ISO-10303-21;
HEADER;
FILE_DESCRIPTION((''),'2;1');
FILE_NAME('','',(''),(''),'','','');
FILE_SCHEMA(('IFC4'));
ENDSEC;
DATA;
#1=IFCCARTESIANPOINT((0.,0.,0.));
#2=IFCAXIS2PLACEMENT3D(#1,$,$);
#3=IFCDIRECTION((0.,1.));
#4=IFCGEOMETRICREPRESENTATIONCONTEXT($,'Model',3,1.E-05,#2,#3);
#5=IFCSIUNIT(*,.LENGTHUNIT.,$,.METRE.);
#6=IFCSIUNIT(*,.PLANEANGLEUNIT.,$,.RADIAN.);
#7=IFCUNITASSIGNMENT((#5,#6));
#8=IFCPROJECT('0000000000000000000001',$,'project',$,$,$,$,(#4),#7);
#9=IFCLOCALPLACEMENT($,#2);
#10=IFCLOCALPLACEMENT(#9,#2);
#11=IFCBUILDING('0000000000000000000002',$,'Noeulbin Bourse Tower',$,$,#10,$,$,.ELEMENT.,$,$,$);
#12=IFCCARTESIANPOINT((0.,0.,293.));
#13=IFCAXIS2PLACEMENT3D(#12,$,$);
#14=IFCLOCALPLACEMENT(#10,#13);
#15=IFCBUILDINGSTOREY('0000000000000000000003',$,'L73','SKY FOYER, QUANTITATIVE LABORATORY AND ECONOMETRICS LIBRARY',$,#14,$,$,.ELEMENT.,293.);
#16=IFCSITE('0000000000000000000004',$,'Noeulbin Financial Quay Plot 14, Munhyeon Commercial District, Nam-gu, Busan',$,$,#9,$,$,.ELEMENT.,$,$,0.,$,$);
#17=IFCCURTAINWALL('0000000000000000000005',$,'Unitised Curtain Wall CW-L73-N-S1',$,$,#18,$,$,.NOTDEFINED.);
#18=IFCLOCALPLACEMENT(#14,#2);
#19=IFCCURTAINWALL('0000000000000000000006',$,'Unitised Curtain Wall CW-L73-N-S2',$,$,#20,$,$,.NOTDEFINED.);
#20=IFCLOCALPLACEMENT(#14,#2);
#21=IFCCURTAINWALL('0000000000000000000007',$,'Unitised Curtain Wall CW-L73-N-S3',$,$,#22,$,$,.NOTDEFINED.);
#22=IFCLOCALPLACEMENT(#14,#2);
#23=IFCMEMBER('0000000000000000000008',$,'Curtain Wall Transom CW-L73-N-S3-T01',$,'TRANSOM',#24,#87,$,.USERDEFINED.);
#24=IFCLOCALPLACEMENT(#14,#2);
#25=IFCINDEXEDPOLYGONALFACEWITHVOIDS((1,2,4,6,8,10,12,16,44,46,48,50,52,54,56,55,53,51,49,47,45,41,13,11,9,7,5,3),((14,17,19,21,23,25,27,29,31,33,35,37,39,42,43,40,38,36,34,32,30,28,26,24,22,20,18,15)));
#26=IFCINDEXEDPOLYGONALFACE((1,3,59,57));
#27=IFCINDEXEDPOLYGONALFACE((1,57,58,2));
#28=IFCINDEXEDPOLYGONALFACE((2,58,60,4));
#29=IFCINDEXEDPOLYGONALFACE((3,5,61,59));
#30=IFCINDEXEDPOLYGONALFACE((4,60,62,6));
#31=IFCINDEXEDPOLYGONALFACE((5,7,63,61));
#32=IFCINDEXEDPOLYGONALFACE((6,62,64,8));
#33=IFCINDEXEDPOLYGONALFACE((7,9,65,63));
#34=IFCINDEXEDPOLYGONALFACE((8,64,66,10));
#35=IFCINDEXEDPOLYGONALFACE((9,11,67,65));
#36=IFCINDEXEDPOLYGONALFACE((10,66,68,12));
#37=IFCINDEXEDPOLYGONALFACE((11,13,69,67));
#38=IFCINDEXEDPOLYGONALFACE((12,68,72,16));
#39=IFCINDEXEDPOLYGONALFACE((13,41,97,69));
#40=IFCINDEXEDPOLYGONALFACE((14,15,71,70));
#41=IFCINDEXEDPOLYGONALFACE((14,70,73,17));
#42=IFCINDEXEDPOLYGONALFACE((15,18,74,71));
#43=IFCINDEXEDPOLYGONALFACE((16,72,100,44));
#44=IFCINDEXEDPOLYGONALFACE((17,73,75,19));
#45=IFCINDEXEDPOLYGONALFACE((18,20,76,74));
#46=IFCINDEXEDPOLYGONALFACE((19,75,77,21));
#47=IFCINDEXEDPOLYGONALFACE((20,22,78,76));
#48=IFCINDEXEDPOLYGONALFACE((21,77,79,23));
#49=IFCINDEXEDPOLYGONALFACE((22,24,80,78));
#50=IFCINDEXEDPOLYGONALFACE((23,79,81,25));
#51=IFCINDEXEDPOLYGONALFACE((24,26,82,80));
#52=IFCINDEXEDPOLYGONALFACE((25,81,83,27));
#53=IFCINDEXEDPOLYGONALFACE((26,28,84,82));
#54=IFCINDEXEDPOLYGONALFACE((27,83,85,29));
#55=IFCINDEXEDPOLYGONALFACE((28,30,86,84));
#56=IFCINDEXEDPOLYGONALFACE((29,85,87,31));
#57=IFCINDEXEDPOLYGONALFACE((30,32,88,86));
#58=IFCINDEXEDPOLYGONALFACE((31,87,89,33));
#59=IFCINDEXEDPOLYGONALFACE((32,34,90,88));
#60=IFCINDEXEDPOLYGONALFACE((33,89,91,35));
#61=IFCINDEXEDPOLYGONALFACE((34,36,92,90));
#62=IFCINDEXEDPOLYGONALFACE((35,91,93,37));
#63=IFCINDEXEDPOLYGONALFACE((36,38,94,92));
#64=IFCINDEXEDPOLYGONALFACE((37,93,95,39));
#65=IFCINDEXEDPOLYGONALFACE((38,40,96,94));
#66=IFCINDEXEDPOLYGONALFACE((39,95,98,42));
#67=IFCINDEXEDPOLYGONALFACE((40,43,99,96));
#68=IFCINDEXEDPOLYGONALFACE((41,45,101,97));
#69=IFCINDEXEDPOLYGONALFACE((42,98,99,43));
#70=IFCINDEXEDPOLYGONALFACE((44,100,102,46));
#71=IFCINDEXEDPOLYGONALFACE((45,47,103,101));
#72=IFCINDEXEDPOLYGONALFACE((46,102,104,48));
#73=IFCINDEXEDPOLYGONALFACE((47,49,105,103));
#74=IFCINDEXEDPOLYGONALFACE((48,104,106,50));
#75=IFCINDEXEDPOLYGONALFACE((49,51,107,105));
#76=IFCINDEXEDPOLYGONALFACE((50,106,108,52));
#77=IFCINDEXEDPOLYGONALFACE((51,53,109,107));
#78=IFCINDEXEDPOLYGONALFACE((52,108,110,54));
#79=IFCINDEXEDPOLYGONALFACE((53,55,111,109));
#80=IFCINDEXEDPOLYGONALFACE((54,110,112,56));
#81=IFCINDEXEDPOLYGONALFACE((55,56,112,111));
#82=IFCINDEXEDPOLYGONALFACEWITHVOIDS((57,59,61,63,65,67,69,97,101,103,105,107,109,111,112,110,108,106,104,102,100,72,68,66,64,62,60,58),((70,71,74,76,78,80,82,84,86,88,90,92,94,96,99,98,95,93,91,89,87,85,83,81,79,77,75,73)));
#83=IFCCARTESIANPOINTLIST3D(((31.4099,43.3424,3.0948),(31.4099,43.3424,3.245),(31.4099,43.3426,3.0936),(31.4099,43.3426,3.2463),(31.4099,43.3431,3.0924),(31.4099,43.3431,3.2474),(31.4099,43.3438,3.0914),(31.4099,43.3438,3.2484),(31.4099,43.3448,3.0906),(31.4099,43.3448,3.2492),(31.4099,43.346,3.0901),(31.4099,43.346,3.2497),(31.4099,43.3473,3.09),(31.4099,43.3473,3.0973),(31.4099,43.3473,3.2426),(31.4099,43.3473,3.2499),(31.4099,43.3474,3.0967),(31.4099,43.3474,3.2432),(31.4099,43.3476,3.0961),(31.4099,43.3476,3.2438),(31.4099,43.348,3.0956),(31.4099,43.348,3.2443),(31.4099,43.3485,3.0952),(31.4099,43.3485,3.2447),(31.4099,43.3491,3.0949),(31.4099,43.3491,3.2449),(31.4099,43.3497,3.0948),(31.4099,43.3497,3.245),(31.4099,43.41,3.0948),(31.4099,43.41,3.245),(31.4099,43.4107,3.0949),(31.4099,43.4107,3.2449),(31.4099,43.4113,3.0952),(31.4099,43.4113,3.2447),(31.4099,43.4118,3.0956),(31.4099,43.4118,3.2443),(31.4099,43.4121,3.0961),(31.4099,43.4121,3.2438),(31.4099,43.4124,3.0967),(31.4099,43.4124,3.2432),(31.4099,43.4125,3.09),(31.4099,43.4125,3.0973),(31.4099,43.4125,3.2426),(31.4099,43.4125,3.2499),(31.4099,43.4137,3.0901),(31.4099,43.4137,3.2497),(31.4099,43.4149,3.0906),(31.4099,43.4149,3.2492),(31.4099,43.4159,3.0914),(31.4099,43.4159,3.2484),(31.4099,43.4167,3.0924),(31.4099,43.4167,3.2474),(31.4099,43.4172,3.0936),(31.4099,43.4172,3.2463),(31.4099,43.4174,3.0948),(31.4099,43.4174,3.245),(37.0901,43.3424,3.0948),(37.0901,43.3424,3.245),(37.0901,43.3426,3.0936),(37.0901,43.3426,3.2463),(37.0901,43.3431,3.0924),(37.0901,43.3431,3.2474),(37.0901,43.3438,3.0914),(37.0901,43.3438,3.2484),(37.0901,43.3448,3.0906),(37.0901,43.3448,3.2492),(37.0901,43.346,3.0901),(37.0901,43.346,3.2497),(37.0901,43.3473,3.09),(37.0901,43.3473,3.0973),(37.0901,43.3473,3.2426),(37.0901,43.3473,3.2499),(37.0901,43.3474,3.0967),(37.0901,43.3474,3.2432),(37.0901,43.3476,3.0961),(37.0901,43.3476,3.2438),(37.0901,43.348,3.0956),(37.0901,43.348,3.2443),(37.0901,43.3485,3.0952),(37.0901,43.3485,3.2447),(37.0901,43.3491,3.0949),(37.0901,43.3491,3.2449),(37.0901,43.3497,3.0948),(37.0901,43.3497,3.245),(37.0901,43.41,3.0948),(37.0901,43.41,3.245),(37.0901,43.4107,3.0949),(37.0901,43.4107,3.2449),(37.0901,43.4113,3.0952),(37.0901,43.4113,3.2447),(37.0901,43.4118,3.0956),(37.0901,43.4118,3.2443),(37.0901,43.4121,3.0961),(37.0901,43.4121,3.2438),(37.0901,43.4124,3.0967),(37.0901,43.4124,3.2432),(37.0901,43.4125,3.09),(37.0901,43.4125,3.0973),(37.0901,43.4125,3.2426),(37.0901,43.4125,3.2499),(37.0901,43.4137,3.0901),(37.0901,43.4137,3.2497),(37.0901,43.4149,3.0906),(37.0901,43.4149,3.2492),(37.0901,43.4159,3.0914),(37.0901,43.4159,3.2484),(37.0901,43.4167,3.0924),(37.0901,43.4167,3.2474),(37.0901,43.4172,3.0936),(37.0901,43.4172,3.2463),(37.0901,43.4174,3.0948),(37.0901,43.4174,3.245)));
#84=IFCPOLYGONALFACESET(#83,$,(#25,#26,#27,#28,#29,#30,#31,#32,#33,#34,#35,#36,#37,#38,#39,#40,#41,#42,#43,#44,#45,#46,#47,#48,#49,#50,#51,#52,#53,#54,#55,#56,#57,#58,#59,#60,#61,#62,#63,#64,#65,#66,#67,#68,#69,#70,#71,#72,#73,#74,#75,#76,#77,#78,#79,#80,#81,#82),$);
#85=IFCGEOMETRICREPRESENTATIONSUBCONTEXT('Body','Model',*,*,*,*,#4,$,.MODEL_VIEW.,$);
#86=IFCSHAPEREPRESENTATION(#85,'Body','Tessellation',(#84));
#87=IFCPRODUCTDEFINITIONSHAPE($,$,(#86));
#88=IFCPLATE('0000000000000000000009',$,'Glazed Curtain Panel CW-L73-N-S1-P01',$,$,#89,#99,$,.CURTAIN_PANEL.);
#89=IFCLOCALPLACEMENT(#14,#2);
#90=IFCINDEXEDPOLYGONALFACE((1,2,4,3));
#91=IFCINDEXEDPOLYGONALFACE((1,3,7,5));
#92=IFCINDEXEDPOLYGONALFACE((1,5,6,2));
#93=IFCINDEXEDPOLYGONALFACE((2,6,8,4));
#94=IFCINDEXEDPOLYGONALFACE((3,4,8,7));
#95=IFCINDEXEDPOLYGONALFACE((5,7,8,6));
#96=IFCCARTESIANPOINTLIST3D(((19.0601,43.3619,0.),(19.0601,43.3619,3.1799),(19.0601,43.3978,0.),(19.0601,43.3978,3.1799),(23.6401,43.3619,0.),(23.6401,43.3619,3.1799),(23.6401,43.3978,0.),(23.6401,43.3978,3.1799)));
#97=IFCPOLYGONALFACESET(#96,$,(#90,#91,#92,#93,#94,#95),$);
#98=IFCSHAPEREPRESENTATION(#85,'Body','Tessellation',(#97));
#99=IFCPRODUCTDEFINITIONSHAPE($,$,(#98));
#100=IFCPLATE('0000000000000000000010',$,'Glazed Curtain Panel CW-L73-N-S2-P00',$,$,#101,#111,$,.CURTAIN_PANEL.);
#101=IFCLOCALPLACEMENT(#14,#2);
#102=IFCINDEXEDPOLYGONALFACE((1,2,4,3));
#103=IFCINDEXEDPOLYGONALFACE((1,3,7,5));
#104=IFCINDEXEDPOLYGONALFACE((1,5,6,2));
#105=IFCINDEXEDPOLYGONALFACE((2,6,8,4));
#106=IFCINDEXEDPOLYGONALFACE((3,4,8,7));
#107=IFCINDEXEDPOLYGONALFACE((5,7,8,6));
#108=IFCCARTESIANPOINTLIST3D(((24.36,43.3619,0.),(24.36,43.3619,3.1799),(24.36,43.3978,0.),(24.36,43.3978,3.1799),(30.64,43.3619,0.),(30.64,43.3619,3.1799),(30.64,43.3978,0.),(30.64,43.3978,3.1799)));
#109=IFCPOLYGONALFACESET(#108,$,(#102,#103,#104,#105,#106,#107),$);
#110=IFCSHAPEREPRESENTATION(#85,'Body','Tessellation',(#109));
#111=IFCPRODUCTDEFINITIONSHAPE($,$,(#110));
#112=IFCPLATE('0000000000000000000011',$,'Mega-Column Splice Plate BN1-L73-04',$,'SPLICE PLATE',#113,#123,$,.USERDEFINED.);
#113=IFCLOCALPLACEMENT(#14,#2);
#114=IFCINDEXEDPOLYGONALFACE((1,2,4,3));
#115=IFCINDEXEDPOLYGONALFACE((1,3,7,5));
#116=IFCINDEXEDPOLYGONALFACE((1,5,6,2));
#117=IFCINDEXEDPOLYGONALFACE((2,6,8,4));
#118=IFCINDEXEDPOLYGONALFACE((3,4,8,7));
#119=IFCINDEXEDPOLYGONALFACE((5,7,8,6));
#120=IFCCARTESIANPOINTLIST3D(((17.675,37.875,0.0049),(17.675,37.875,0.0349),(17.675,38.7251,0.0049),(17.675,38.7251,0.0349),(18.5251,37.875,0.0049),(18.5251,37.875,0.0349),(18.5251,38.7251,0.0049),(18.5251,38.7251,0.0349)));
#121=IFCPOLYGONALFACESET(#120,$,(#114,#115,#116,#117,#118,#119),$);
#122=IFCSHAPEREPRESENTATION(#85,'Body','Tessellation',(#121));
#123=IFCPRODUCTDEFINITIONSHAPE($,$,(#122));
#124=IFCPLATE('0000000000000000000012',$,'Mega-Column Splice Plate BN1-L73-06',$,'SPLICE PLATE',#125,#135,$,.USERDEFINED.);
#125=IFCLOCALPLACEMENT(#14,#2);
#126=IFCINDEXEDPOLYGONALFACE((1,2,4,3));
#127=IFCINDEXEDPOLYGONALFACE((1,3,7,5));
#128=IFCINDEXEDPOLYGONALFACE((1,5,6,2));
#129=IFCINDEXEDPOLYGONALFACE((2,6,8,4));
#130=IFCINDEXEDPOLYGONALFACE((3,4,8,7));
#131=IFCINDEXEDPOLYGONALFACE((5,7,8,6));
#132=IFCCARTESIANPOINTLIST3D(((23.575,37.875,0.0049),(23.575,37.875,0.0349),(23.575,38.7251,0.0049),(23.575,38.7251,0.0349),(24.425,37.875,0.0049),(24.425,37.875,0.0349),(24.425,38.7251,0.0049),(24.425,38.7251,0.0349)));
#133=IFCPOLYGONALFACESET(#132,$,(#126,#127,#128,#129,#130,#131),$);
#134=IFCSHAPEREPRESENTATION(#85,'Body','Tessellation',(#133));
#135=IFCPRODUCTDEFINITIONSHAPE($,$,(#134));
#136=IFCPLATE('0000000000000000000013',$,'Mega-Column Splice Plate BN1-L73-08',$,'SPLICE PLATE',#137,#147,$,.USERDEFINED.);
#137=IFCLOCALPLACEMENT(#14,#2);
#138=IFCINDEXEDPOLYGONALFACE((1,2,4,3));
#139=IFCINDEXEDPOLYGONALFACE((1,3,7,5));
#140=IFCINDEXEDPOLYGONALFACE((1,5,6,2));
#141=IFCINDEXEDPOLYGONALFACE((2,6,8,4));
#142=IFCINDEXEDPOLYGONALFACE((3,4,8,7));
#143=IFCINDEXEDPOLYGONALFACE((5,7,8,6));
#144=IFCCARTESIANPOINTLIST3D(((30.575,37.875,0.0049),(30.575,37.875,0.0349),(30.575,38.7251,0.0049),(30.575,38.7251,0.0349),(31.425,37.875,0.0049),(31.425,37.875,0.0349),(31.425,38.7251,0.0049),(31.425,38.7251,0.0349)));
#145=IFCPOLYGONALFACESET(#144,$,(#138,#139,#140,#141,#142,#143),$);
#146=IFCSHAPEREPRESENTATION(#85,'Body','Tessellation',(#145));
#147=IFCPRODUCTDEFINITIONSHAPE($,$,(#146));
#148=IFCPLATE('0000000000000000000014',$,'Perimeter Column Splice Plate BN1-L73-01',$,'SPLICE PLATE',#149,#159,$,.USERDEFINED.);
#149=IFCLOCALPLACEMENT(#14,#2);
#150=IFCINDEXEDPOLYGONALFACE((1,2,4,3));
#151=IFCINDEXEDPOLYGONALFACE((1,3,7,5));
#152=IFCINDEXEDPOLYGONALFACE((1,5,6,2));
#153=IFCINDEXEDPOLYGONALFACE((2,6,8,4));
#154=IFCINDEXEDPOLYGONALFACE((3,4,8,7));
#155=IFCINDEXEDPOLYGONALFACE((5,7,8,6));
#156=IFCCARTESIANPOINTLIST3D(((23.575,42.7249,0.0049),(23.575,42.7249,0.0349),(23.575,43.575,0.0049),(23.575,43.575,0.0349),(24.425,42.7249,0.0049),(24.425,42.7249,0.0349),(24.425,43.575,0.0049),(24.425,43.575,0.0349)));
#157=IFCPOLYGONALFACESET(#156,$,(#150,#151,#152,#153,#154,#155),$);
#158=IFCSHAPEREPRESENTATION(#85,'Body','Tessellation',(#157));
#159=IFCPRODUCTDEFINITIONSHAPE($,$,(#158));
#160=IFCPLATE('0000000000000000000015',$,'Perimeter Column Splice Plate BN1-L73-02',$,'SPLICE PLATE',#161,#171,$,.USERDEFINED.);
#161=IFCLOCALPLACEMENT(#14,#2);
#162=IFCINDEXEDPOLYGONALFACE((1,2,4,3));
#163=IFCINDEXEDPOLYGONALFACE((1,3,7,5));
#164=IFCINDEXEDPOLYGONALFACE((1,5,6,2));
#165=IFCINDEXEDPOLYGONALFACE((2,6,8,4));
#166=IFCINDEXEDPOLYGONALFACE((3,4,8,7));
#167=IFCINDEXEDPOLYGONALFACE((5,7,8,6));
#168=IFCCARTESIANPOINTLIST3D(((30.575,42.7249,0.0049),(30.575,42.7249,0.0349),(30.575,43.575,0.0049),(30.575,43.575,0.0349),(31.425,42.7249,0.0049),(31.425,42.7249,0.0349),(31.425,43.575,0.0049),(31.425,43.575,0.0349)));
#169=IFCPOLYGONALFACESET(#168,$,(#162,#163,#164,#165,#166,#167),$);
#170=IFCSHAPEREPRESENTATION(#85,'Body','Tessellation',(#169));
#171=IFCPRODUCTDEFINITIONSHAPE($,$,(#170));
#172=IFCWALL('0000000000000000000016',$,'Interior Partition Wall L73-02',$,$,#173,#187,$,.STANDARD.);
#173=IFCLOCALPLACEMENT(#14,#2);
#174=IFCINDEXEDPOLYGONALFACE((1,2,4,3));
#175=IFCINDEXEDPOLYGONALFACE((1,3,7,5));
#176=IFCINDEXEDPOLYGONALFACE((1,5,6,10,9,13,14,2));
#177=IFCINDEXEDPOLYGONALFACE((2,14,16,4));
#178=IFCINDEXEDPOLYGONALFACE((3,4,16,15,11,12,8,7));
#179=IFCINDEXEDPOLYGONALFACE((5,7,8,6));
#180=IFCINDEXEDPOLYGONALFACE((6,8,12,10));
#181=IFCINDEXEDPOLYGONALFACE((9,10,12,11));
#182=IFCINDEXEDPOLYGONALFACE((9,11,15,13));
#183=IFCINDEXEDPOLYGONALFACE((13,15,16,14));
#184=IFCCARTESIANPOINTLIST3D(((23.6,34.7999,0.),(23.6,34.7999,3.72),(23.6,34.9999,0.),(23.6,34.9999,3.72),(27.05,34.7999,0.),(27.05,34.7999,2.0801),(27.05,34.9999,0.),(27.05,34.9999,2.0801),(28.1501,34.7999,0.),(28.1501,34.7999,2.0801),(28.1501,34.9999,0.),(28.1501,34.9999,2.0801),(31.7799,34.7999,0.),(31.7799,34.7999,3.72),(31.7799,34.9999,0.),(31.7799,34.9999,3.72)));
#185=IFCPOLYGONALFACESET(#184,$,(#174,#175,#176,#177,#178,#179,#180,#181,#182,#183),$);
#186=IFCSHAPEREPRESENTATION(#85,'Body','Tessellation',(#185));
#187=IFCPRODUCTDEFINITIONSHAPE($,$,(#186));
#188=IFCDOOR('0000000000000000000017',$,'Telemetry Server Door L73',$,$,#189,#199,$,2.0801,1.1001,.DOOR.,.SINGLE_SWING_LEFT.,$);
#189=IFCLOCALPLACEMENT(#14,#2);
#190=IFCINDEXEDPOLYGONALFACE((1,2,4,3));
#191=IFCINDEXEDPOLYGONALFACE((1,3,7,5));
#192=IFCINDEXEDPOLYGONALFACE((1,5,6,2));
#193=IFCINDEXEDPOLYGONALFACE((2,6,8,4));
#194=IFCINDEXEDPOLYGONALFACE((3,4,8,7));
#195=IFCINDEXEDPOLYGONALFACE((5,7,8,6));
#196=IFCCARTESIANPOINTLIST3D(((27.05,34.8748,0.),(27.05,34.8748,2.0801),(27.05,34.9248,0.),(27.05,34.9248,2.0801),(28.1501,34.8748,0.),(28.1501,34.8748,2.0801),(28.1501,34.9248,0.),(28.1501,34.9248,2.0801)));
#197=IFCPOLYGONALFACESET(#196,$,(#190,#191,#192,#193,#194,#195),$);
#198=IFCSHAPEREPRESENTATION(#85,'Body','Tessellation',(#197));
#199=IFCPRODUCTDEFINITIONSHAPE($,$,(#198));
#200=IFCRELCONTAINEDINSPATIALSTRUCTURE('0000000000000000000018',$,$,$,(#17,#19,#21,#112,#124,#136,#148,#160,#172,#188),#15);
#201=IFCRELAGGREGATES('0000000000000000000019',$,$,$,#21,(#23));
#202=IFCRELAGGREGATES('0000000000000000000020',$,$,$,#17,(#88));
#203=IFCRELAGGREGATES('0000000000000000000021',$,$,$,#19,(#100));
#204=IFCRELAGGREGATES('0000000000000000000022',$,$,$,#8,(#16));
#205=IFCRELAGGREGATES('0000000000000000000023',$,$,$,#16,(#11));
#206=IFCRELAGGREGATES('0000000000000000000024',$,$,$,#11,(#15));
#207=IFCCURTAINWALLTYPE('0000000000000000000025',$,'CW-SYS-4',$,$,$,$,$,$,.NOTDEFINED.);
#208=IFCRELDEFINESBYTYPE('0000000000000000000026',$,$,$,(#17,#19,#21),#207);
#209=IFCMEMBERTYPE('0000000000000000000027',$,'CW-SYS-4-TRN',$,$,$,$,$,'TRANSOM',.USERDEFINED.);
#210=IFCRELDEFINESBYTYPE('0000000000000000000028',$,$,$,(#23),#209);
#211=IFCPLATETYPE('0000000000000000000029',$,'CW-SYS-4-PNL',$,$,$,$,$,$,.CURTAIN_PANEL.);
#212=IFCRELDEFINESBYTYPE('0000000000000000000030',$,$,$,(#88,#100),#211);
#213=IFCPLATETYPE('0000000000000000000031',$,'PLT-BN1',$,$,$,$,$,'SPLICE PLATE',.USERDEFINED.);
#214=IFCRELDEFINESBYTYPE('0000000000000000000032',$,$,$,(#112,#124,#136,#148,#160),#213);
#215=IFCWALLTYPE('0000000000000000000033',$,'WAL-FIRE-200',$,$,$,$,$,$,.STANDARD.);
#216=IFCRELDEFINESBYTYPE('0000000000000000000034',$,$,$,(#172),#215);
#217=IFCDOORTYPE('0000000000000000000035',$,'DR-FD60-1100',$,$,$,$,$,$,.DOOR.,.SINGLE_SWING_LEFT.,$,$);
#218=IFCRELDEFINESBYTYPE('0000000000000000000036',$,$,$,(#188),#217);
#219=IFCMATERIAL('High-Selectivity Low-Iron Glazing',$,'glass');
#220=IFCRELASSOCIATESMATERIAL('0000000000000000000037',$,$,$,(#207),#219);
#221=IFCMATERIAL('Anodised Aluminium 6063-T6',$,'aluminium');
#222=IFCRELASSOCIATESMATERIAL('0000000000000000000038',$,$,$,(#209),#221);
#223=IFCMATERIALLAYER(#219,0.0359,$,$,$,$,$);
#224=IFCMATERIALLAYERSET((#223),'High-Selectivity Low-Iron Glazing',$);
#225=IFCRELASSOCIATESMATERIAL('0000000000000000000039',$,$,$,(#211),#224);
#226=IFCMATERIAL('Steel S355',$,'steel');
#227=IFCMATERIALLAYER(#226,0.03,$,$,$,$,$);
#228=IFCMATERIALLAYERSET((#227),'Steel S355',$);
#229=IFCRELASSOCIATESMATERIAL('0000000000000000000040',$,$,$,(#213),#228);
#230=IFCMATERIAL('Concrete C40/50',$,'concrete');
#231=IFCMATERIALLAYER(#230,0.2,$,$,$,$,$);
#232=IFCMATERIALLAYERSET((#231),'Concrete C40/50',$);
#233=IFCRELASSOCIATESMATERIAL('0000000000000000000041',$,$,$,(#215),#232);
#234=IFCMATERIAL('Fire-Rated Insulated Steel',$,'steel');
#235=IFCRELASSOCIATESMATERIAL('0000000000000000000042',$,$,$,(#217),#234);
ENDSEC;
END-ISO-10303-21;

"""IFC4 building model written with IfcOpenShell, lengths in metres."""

from ifc_helpers import new_model, si_unit, direction, frame, frame_2d, origin, origin_2d, place, context, subcontext, project, spatial, rectangle, hollow_rectangle, extrude, material, layer, layer_set, material_profile, profile_set, type_object, element, fill, aggregate, save


model = new_model("IFC4")

# Units and contexts
model_context = context("Model", 3, precision=1e-05, world=origin(), true_north=direction((0.0, 1.0)))
body_context = subcontext(model_context, "Body", "Model", "MODEL_VIEW")
ifc_project = project(units=[si_unit("LENGTHUNIT", "METRE"), si_unit("PLANEANGLEUNIT", "RADIAN")], contexts=[model_context])

# Site, building, storey
site_placement = place(None, origin())
site = spatial("IfcSite", under=ifc_project, at=site_placement, Name="Noeulbin Financial Quay Plot 14, Munhyeon Commercial District, Nam-gu, Busan", CompositionType="ELEMENT", RefElevation=0.0)
building_placement = place(site_placement, origin())
building = spatial("IfcBuilding", under=site, at=building_placement, Name="Noeulbin Bourse Tower", CompositionType="ELEMENT")
storey_placement = place(building_placement, frame((0.0, 0.0, 293.0)))
storey = spatial("IfcBuildingStorey", under=building, at=storey_placement, Name="L73", Description="SKY FOYER, QUANTITATIVE LABORATORY AND ECONOMETRICS LIBRARY", CompositionType="ELEMENT", Elevation=293.0)

# Shared definitions
ifc_material_1 = material(Name="Steel S355", Category="steel")

# Curtain walls
ifc_material_2 = material(Name="High-Selectivity Low-Iron Glazing", Category="glass")
curtain_wall_type = type_object("IfcCurtainWallType", Name="CW-SYS-4", PredefinedType="NOTDEFINED", material=ifc_material_2)
curtain_wall_1_placement = place(storey_placement, origin())
curtain_wall_1 = element("IfcCurtainWall", 1, at=curtain_wall_1_placement, inside=storey, type_object=curtain_wall_type, Name="Unitised Curtain Wall CW-L73-N-S1", PredefinedType="NOTDEFINED")
ifc_material_3 = material(Name="Anodised Aluminium 6063-T6", Category="aluminium")
curtain_wall_2_placement = place(storey_placement, origin())
curtain_wall_2 = element("IfcCurtainWall", 2, at=curtain_wall_2_placement, inside=storey, type_object=curtain_wall_type, Name="Unitised Curtain Wall CW-L73-N-S2", PredefinedType="NOTDEFINED")

# Curtain wall
curtain_wall_3_placement = place(storey_placement, origin())
curtain_wall_3 = element("IfcCurtainWall", 3, at=curtain_wall_3_placement, inside=storey, type_object=curtain_wall_type, Name="Unitised Curtain Wall CW-L73-N-S3", PredefinedType="NOTDEFINED")

# Member
ifc_material_profile_1 = material_profile(ifc_material_3, hollow_rectangle(XDim=0.075, YDim=0.1599, WallThickness=0.0049, InnerFilletRadius=0.0024, OuterFilletRadius=0.0049, at=origin_2d()), Name="ALU-TRAN-75x160x5", Category="LoadBearing")
ifc_profile_set_1 = profile_set([ifc_material_profile_1], Name="Anodised Aluminium 6063-T6")
member_type_1 = type_object("IfcMemberType", Name="CW-SYS-4-TRN", ElementType="TRANSOM", PredefinedType="USERDEFINED", material=ifc_profile_set_1)
member_1_placement = place(storey_placement, frame((31.4099, 43.3799, 3.1699), z_axis=(1.0, 0.0, 0.0), x_axis=(0.0, 1.0, 0.0)))
member_1 = element("IfcMember", 4, at=member_1_placement, type_object=member_type_1, Name="Curtain Wall Transom CW-L73-N-S3-T01", ObjectType="TRANSOM", PredefinedType="USERDEFINED", context=body_context, shape_type="SweptSolid", body=[
    extrude(hollow_rectangle(XDim=0.075, YDim=0.1599, WallThickness=0.0049, InnerFilletRadius=0.0024, OuterFilletRadius=0.0049, at=origin_2d()), origin(), (0.0, 0.0, 1.0), 5.6802),
])
aggregate(curtain_wall_3, [member_1])

# Plates
ifc_layer_1 = layer(ifc_material_2, 0.0359)
ifc_layer_set_1 = layer_set([ifc_layer_1], Name="High-Selectivity Low-Iron Glazing")
plate_type_1 = type_object("IfcPlateType", Name="CW-SYS-4-PNL", PredefinedType="CURTAIN_PANEL", material=ifc_layer_set_1)
plate_1_placement = place(storey_placement, frame((21.3501, 43.3799, 0.0), z_axis=(0.0, 0.0, 1.0), x_axis=(1.0, 0.0, 0.0)))
plate_1 = element("IfcPlate", 5, at=plate_1_placement, type_object=plate_type_1, Name="Glazed Curtain Panel CW-L73-N-S1-P01", PredefinedType="CURTAIN_PANEL", context=body_context, shape_type="SweptSolid", body=[
    extrude(rectangle(XDim=4.5801, YDim=0.0359, at=origin_2d()), origin(), (0.0, 0.0, 1.0), 3.1799),
])
aggregate(curtain_wall_1, [plate_1])
plate_2_placement = place(storey_placement, frame((27.5, 43.3799, 0.0), z_axis=(0.0, 0.0, 1.0), x_axis=(1.0, 0.0, 0.0)))
plate_2 = element("IfcPlate", 6, at=plate_2_placement, type_object=plate_type_1, Name="Glazed Curtain Panel CW-L73-N-S2-P00", PredefinedType="CURTAIN_PANEL", context=body_context, shape_type="SweptSolid", body=[
    extrude(rectangle(XDim=6.28, YDim=0.0359, at=origin_2d()), origin(), (0.0, 0.0, 1.0), 3.1799),
])
aggregate(curtain_wall_2, [plate_2])

# Plates
ifc_layer_2 = layer(ifc_material_1, 0.03)
ifc_layer_set_2 = layer_set([ifc_layer_2], Name="Steel S355")
plate_type_2 = type_object("IfcPlateType", Name="PLT-BN1", ElementType="SPLICE PLATE", PredefinedType="USERDEFINED", material=ifc_layer_set_2)
for number, where, z_axis, x_axis, name in (
    (7, (18.1001, 38.3, 0.0049), (0.0, 0.0, 1.0), (1.0, 0.0, 0.0), "Mega-Column Splice Plate BN1-L73-04"),
    (8, (24.0, 38.3, 0.0049), (0.0, 0.0, 1.0), (1.0, 0.0, 0.0), "Mega-Column Splice Plate BN1-L73-06"),
    (9, (31.0, 38.3, 0.0049), (0.0, 0.0, 1.0), (1.0, 0.0, 0.0), "Mega-Column Splice Plate BN1-L73-08"),
    (10, (24.0, 43.1499, 0.0049), (0.0, 0.0, 1.0), (1.0, 0.0, 0.0), "Perimeter Column Splice Plate BN1-L73-01"),
    (11, (31.0, 43.1499, 0.0049), (0.0, 0.0, 1.0), (1.0, 0.0, 0.0), "Perimeter Column Splice Plate BN1-L73-02"),
):
    element("IfcPlate", number, at=place(storey_placement, frame(where, z_axis=z_axis, x_axis=x_axis)), inside=storey, type_object=plate_type_2, Name=name, ObjectType="SPLICE PLATE", PredefinedType="USERDEFINED", context=body_context, shape_type="SweptSolid", body=[
        extrude(rectangle(XDim=0.8501, YDim=0.8501, at=origin_2d()), origin(), (0.0, 0.0, 1.0), 0.03),
    ])

# Wall, opening, door
ifc_material_4 = material(Name="Concrete C40/50", Category="concrete")
ifc_layer_3 = layer(ifc_material_4, 0.2)
ifc_layer_set_3 = layer_set([ifc_layer_3], Name="Concrete C40/50")
wall_type_1 = type_object("IfcWallType", Name="WAL-FIRE-200", PredefinedType="STANDARD", material=ifc_layer_set_3)
wall_1_placement = place(storey_placement, frame((23.6001, 34.8999, 0.0), z_axis=(0.0, 0.0, 1.0), x_axis=(1.0, 0.0, 0.0)))
wall_1 = element("IfcWall", 12, at=wall_1_placement, inside=storey, type_object=wall_type_1, Name="Interior Partition Wall L73-02", PredefinedType="STANDARD", context=body_context, shape_type="SweptSolid", body=[
    extrude(rectangle(XDim=8.1799, YDim=0.2, at=frame_2d((4.0898, 0.0))), origin(), (0.0, 0.0, 1.0), 3.72),
])
opening_placement = place(wall_1_placement, frame((3.45, 0.0, 0.0)))
opening = element("IfcOpeningElement", 13, at=opening_placement, cuts=wall_1, PredefinedType="OPENING", context=body_context, shape_type="SweptSolid", body=[
    extrude(rectangle(XDim=1.1001, YDim=2.0801, at=frame_2d((0.55, 1.04))), frame((0.0, 0.1099, 0.0), z_axis=(0.0, -1.0, 0.0), x_axis=(1.0, 0.0, 0.0)), (0.0, 0.0, 1.0), 0.22),
])
ifc_material_5 = material(Name="Fire-Rated Insulated Steel", Category="steel")
door_type = type_object("IfcDoorType", Name="DR-FD60-1100", OperationType="SINGLE_SWING_LEFT", PredefinedType="DOOR", material=ifc_material_5)
door_placement = place(opening_placement, origin())
door = element("IfcDoor", 14, at=door_placement, inside=storey, type_object=door_type, Name="Telemetry Server Door L73", OperationType="SINGLE_SWING_LEFT", OverallHeight=2.0801, OverallWidth=1.1001, PredefinedType="DOOR", context=body_context, shape_type="SweptSolid", body=[
    extrude(rectangle(XDim=1.1001, YDim=2.0801, at=frame_2d((0.55, 1.04))), frame((0.0, 0.0249, 0.0), z_axis=(0.0, -1.0, 0.0), x_axis=(1.0, 0.0, 0.0)), (0.0, 0.0, 1.0), 0.05),
])
fill(opening, door)

save(model, "model.ifc")
